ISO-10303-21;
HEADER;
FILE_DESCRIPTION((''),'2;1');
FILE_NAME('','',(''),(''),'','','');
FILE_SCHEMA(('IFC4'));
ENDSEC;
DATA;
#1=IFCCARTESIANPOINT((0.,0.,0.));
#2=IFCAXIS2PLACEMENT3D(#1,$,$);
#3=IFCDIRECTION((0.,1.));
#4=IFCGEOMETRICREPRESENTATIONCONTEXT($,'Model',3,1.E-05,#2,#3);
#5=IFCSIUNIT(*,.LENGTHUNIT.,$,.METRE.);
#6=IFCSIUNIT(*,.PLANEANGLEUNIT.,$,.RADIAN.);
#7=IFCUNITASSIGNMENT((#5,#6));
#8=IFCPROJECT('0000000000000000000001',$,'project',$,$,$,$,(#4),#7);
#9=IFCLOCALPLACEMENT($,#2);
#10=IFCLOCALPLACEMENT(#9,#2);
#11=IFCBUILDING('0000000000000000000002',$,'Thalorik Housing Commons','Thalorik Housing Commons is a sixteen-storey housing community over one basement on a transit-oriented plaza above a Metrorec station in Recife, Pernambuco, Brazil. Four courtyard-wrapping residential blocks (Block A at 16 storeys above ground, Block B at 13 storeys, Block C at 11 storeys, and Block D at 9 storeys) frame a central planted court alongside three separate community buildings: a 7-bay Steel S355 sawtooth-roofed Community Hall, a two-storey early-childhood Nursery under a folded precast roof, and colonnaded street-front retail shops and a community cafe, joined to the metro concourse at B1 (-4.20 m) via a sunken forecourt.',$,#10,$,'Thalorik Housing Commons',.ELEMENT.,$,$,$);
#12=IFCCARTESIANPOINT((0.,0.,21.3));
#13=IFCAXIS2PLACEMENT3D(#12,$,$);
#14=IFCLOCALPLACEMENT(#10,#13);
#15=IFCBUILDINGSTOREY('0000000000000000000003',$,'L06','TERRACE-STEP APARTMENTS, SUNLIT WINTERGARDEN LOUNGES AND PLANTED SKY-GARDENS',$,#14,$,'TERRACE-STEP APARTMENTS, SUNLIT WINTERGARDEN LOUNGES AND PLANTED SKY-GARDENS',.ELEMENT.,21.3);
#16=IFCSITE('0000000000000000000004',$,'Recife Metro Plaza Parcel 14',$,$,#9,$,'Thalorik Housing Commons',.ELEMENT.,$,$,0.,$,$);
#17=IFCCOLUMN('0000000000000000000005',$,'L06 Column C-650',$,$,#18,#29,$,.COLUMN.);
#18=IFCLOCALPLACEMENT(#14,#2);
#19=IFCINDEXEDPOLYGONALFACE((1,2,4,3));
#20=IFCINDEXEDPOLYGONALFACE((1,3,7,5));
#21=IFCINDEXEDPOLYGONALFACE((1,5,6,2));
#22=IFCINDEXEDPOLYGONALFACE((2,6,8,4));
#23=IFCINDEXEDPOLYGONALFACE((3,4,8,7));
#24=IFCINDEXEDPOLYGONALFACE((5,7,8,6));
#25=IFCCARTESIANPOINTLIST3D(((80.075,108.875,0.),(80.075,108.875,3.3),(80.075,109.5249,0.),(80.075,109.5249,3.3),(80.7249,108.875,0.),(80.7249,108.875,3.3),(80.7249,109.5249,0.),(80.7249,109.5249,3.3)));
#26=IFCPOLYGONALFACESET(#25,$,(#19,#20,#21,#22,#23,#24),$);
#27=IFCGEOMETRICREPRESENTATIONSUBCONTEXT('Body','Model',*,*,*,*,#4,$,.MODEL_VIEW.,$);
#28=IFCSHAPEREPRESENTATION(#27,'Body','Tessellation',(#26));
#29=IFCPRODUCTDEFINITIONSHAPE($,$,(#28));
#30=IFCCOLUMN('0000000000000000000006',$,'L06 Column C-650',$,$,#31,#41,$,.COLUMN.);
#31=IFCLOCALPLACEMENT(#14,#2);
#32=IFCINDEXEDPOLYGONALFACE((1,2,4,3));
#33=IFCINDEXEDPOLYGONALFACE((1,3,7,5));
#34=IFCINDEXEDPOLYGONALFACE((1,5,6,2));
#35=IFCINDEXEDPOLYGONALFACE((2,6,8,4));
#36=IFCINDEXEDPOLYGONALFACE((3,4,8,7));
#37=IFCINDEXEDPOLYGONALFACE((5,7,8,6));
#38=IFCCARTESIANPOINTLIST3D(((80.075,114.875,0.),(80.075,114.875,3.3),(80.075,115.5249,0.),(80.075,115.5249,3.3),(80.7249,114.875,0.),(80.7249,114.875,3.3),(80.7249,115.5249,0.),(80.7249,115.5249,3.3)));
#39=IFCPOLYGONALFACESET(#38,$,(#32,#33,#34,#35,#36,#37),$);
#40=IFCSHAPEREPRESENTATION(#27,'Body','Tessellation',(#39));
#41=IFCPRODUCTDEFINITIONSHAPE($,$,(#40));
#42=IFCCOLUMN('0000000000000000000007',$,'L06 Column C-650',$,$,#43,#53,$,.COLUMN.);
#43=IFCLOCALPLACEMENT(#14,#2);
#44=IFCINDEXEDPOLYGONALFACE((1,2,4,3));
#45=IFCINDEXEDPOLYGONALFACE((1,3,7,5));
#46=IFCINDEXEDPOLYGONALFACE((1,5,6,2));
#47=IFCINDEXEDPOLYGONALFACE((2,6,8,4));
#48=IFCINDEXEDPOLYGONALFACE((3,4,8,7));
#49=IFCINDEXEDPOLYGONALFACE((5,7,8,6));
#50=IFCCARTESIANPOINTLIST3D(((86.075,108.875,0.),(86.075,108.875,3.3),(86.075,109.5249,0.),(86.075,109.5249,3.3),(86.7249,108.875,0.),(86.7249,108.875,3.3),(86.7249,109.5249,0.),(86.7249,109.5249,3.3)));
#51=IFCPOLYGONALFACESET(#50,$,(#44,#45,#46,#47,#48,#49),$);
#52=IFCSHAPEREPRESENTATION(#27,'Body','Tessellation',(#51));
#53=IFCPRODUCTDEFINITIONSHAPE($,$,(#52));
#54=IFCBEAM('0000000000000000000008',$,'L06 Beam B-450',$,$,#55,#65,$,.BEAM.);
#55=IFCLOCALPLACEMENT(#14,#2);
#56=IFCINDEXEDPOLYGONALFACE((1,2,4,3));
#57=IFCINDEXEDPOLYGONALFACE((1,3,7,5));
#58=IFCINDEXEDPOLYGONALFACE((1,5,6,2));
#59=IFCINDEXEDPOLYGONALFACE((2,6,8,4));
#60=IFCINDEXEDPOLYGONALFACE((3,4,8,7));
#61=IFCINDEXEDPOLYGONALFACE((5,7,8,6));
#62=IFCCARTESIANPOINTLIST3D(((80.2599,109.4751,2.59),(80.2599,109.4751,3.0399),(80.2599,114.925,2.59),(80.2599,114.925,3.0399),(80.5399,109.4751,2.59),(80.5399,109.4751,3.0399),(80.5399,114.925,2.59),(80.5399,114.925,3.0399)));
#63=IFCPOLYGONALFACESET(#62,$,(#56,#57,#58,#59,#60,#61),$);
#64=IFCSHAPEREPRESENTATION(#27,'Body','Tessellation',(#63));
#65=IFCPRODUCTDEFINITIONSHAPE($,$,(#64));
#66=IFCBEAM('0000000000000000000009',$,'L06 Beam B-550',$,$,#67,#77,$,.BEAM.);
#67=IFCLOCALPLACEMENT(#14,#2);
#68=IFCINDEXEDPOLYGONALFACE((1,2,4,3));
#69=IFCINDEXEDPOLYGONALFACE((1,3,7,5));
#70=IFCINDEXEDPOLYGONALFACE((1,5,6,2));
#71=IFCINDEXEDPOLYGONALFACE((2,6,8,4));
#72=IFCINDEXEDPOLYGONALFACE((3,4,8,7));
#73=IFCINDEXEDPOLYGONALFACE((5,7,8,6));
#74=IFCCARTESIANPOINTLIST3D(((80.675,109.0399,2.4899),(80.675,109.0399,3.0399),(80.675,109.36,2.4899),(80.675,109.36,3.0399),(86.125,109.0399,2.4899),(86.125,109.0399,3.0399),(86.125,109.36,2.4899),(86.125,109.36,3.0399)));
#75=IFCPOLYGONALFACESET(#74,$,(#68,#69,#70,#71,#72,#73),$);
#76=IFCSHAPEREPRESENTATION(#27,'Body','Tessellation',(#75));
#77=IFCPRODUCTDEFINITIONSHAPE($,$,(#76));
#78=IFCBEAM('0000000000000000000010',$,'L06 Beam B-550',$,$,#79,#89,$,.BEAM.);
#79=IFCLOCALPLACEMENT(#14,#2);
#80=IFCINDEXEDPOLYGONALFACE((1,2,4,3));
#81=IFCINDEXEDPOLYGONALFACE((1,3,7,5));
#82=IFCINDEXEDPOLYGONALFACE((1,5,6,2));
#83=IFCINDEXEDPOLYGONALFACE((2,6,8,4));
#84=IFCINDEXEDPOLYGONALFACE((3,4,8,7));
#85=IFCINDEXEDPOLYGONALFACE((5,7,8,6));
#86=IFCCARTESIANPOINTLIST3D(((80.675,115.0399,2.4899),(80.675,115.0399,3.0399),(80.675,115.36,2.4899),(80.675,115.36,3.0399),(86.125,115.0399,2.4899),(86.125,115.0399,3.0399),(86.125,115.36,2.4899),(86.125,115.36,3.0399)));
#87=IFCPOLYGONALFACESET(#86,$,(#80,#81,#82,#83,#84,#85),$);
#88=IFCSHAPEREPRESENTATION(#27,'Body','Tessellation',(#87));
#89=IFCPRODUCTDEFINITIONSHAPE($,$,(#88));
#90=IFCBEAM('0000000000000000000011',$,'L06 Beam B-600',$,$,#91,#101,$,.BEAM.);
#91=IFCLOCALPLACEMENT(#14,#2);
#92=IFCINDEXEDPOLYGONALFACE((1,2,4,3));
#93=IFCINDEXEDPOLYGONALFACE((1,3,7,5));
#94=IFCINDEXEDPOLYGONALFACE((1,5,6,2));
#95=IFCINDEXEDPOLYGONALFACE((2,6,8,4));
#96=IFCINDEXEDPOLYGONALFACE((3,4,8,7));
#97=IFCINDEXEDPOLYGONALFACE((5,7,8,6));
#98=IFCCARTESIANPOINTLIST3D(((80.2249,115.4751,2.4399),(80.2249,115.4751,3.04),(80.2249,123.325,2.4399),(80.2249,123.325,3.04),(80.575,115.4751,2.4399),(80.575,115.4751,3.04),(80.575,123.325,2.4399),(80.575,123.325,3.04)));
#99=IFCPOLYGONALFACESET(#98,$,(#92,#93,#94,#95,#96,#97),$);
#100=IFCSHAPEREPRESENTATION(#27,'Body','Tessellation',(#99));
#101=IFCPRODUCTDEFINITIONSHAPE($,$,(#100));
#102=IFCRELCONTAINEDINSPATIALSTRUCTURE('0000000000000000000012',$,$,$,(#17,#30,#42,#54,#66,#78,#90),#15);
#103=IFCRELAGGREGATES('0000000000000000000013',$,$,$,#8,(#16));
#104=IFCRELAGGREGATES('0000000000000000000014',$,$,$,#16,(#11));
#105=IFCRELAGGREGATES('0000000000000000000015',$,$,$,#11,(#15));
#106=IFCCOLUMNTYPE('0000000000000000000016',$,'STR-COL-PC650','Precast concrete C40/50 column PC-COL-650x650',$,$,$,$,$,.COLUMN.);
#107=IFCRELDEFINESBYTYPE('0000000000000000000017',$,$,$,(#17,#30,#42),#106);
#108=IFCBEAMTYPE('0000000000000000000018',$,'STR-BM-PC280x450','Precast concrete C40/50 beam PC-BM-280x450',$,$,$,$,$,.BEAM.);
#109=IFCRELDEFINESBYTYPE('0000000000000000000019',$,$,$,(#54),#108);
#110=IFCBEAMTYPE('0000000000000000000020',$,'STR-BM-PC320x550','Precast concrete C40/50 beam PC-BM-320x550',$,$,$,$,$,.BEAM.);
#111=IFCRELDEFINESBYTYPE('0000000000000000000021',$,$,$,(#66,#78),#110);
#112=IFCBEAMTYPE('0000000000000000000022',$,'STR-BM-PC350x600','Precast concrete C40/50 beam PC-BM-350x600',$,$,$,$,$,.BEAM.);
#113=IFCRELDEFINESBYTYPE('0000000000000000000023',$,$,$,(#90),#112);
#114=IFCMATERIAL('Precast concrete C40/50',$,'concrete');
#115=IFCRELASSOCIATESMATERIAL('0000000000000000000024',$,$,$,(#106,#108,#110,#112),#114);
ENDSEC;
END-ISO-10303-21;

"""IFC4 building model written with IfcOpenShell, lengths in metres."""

from ifc_helpers import new_model, si_unit, direction, frame, origin, origin_2d, place, context, subcontext, project, spatial, rectangle, extrude, material, material_profile, profile_set, type_object, element, save


model = new_model("IFC4")

# Units and contexts
model_context = context("Model", 3, precision=1e-05, world=origin(), true_north=direction((0.0, 1.0)))
body_context = subcontext(model_context, "Body", "Model", "MODEL_VIEW")
ifc_project = project(units=[si_unit("LENGTHUNIT", "METRE"), si_unit("PLANEANGLEUNIT", "RADIAN")], contexts=[model_context])

# Site, building, storey
site_placement = place(None, origin())
site = spatial("IfcSite", under=ifc_project, at=site_placement, Name="Recife Metro Plaza Parcel 14", LongName="Thalorik Housing Commons", CompositionType="ELEMENT", RefElevation=0.0)
building_placement = place(site_placement, origin())
building = spatial("IfcBuilding", under=site, at=building_placement, Name="Thalorik Housing Commons", Description="Thalorik Housing Commons is a sixteen-storey housing community over one basement on a transit-oriented plaza above a Metrorec station in Recife, Pernambuco, Brazil. Four courtyard-wrapping residential blocks (Block A at 16 storeys above ground, Block B at 13 storeys, Block C at 11 storeys, and Block D at 9 storeys) frame a central planted court alongside three separate community buildings: a 7-bay Steel S355 sawtooth-roofed Community Hall, a two-storey early-childhood Nursery under a folded precast roof, and colonnaded street-front retail shops and a community cafe, joined to the metro concourse at B1 (-4.20 m) via a sunken forecourt.", LongName="Thalorik Housing Commons", CompositionType="ELEMENT")
storey_placement = place(building_placement, frame((0.0, 0.0, 21.3)))
storey = spatial("IfcBuildingStorey", under=building, at=storey_placement, Name="L06", Description="TERRACE-STEP APARTMENTS, SUNLIT WINTERGARDEN LOUNGES AND PLANTED SKY-GARDENS", LongName="TERRACE-STEP APARTMENTS, SUNLIT WINTERGARDEN LOUNGES AND PLANTED SKY-GARDENS", CompositionType="ELEMENT", Elevation=21.3)

# Columns
ifc_material_1 = material(Name="Precast concrete C40/50", Category="concrete")
ifc_material_profile_1 = material_profile(ifc_material_1, rectangle(XDim=0.6499, YDim=0.6499, at=origin_2d()), Name="PC 650x650", Category="concrete")
ifc_profile_set_1 = profile_set([ifc_material_profile_1], Name="Precast concrete C40/50")
column_type = type_object("IfcColumnType", Name="STR-COL-PC650", Description="Precast concrete C40/50 column PC-COL-650x650", PredefinedType="COLUMN", material=ifc_profile_set_1)
for number, where, z_axis, x_axis, name in (
    (1, (80.3999, 109.2, 0.0), (0.0, 0.0, 1.0), (1.0, 0.0, 0.0), "L06 Column C-650"),
    (2, (80.3999, 115.2, 0.0), (0.0, 0.0, 1.0), (1.0, 0.0, 0.0), "L06 Column C-650"),
    (3, (86.3999, 109.2, 0.0), (0.0, 0.0, 1.0), (1.0, 0.0, 0.0), "L06 Column C-650"),
):
    element("IfcColumn", number, at=place(storey_placement, frame(where, z_axis=z_axis, x_axis=x_axis)), inside=storey, type_object=column_type, Name=name, PredefinedType="COLUMN", context=body_context, shape_type="SweptSolid", body=[
        extrude(rectangle(XDim=0.6499, YDim=0.6499, at=origin_2d()), origin(), (0.0, 0.0, 1.0), 3.3),
    ])

# Beams
ifc_material_profile_2 = material_profile(ifc_material_1, rectangle(XDim=0.28, YDim=0.45, at=origin_2d()), Name="PC 280x450", Category="concrete")
ifc_profile_set_2 = profile_set([ifc_material_profile_2], Name="Precast concrete C40/50")
beam_type_1 = type_object("IfcBeamType", Name="STR-BM-PC280x450", Description="Precast concrete C40/50 beam PC-BM-280x450", PredefinedType="BEAM", material=ifc_profile_set_2)
beam_1_placement = place(storey_placement, frame((80.3999, 109.4751, 2.8149), z_axis=(0.0, 1.0, 0.0), x_axis=(-1.0, 0.0, 0.0)))
element("IfcBeam", 4, at=beam_1_placement, inside=storey, type_object=beam_type_1, Name="L06 Beam B-450", PredefinedType="BEAM", context=body_context, shape_type="SweptSolid", body=[
    extrude(rectangle(XDim=0.28, YDim=0.45, at=origin_2d()), origin(), (0.0, 0.0, 1.0), 5.45),
])
ifc_material_profile_3 = material_profile(ifc_material_1, rectangle(XDim=0.3201, YDim=0.55, at=origin_2d()), Name="PC 320x550", Category="concrete")
ifc_profile_set_3 = profile_set([ifc_material_profile_3], Name="Precast concrete C40/50")
beam_type_2 = type_object("IfcBeamType", Name="STR-BM-PC320x550", Description="Precast concrete C40/50 beam PC-BM-320x550", PredefinedType="BEAM", material=ifc_profile_set_3)
for number, where, z_axis, x_axis, name in (
    (5, (80.675, 109.2, 2.7649), (1.0, 0.0, 0.0), (0.0, 1.0, 0.0), "L06 Beam B-550"),
    (6, (80.675, 115.2, 2.7649), (1.0, 0.0, 0.0), (0.0, 1.0, 0.0), "L06 Beam B-550"),
):
    element("IfcBeam", number, at=place(storey_placement, frame(where, z_axis=z_axis, x_axis=x_axis)), inside=storey, type_object=beam_type_2, Name=name, PredefinedType="BEAM", context=body_context, shape_type="SweptSolid", body=[
        extrude(rectangle(XDim=0.3201, YDim=0.55, at=origin_2d()), origin(), (0.0, 0.0, 1.0), 5.45),
    ])
ifc_material_profile_4 = material_profile(ifc_material_1, rectangle(XDim=0.3501, YDim=0.6001, at=origin_2d()), Name="PC 350x600", Category="concrete")
ifc_profile_set_4 = profile_set([ifc_material_profile_4], Name="Precast concrete C40/50")
beam_type_3 = type_object("IfcBeamType", Name="STR-BM-PC350x600", Description="Precast concrete C40/50 beam PC-BM-350x600", PredefinedType="BEAM", material=ifc_profile_set_4)
beam_2_placement = place(storey_placement, frame((80.3999, 115.4751, 2.74), z_axis=(0.0, 1.0, 0.0), x_axis=(-1.0, 0.0, 0.0)))
element("IfcBeam", 7, at=beam_2_placement, inside=storey, type_object=beam_type_3, Name="L06 Beam B-600", PredefinedType="BEAM", context=body_context, shape_type="SweptSolid", body=[
    extrude(rectangle(XDim=0.3501, YDim=0.6001, at=origin_2d()), origin(), (0.0, 0.0, 1.0), 7.8499),
])

save(model, "model.ifc")
